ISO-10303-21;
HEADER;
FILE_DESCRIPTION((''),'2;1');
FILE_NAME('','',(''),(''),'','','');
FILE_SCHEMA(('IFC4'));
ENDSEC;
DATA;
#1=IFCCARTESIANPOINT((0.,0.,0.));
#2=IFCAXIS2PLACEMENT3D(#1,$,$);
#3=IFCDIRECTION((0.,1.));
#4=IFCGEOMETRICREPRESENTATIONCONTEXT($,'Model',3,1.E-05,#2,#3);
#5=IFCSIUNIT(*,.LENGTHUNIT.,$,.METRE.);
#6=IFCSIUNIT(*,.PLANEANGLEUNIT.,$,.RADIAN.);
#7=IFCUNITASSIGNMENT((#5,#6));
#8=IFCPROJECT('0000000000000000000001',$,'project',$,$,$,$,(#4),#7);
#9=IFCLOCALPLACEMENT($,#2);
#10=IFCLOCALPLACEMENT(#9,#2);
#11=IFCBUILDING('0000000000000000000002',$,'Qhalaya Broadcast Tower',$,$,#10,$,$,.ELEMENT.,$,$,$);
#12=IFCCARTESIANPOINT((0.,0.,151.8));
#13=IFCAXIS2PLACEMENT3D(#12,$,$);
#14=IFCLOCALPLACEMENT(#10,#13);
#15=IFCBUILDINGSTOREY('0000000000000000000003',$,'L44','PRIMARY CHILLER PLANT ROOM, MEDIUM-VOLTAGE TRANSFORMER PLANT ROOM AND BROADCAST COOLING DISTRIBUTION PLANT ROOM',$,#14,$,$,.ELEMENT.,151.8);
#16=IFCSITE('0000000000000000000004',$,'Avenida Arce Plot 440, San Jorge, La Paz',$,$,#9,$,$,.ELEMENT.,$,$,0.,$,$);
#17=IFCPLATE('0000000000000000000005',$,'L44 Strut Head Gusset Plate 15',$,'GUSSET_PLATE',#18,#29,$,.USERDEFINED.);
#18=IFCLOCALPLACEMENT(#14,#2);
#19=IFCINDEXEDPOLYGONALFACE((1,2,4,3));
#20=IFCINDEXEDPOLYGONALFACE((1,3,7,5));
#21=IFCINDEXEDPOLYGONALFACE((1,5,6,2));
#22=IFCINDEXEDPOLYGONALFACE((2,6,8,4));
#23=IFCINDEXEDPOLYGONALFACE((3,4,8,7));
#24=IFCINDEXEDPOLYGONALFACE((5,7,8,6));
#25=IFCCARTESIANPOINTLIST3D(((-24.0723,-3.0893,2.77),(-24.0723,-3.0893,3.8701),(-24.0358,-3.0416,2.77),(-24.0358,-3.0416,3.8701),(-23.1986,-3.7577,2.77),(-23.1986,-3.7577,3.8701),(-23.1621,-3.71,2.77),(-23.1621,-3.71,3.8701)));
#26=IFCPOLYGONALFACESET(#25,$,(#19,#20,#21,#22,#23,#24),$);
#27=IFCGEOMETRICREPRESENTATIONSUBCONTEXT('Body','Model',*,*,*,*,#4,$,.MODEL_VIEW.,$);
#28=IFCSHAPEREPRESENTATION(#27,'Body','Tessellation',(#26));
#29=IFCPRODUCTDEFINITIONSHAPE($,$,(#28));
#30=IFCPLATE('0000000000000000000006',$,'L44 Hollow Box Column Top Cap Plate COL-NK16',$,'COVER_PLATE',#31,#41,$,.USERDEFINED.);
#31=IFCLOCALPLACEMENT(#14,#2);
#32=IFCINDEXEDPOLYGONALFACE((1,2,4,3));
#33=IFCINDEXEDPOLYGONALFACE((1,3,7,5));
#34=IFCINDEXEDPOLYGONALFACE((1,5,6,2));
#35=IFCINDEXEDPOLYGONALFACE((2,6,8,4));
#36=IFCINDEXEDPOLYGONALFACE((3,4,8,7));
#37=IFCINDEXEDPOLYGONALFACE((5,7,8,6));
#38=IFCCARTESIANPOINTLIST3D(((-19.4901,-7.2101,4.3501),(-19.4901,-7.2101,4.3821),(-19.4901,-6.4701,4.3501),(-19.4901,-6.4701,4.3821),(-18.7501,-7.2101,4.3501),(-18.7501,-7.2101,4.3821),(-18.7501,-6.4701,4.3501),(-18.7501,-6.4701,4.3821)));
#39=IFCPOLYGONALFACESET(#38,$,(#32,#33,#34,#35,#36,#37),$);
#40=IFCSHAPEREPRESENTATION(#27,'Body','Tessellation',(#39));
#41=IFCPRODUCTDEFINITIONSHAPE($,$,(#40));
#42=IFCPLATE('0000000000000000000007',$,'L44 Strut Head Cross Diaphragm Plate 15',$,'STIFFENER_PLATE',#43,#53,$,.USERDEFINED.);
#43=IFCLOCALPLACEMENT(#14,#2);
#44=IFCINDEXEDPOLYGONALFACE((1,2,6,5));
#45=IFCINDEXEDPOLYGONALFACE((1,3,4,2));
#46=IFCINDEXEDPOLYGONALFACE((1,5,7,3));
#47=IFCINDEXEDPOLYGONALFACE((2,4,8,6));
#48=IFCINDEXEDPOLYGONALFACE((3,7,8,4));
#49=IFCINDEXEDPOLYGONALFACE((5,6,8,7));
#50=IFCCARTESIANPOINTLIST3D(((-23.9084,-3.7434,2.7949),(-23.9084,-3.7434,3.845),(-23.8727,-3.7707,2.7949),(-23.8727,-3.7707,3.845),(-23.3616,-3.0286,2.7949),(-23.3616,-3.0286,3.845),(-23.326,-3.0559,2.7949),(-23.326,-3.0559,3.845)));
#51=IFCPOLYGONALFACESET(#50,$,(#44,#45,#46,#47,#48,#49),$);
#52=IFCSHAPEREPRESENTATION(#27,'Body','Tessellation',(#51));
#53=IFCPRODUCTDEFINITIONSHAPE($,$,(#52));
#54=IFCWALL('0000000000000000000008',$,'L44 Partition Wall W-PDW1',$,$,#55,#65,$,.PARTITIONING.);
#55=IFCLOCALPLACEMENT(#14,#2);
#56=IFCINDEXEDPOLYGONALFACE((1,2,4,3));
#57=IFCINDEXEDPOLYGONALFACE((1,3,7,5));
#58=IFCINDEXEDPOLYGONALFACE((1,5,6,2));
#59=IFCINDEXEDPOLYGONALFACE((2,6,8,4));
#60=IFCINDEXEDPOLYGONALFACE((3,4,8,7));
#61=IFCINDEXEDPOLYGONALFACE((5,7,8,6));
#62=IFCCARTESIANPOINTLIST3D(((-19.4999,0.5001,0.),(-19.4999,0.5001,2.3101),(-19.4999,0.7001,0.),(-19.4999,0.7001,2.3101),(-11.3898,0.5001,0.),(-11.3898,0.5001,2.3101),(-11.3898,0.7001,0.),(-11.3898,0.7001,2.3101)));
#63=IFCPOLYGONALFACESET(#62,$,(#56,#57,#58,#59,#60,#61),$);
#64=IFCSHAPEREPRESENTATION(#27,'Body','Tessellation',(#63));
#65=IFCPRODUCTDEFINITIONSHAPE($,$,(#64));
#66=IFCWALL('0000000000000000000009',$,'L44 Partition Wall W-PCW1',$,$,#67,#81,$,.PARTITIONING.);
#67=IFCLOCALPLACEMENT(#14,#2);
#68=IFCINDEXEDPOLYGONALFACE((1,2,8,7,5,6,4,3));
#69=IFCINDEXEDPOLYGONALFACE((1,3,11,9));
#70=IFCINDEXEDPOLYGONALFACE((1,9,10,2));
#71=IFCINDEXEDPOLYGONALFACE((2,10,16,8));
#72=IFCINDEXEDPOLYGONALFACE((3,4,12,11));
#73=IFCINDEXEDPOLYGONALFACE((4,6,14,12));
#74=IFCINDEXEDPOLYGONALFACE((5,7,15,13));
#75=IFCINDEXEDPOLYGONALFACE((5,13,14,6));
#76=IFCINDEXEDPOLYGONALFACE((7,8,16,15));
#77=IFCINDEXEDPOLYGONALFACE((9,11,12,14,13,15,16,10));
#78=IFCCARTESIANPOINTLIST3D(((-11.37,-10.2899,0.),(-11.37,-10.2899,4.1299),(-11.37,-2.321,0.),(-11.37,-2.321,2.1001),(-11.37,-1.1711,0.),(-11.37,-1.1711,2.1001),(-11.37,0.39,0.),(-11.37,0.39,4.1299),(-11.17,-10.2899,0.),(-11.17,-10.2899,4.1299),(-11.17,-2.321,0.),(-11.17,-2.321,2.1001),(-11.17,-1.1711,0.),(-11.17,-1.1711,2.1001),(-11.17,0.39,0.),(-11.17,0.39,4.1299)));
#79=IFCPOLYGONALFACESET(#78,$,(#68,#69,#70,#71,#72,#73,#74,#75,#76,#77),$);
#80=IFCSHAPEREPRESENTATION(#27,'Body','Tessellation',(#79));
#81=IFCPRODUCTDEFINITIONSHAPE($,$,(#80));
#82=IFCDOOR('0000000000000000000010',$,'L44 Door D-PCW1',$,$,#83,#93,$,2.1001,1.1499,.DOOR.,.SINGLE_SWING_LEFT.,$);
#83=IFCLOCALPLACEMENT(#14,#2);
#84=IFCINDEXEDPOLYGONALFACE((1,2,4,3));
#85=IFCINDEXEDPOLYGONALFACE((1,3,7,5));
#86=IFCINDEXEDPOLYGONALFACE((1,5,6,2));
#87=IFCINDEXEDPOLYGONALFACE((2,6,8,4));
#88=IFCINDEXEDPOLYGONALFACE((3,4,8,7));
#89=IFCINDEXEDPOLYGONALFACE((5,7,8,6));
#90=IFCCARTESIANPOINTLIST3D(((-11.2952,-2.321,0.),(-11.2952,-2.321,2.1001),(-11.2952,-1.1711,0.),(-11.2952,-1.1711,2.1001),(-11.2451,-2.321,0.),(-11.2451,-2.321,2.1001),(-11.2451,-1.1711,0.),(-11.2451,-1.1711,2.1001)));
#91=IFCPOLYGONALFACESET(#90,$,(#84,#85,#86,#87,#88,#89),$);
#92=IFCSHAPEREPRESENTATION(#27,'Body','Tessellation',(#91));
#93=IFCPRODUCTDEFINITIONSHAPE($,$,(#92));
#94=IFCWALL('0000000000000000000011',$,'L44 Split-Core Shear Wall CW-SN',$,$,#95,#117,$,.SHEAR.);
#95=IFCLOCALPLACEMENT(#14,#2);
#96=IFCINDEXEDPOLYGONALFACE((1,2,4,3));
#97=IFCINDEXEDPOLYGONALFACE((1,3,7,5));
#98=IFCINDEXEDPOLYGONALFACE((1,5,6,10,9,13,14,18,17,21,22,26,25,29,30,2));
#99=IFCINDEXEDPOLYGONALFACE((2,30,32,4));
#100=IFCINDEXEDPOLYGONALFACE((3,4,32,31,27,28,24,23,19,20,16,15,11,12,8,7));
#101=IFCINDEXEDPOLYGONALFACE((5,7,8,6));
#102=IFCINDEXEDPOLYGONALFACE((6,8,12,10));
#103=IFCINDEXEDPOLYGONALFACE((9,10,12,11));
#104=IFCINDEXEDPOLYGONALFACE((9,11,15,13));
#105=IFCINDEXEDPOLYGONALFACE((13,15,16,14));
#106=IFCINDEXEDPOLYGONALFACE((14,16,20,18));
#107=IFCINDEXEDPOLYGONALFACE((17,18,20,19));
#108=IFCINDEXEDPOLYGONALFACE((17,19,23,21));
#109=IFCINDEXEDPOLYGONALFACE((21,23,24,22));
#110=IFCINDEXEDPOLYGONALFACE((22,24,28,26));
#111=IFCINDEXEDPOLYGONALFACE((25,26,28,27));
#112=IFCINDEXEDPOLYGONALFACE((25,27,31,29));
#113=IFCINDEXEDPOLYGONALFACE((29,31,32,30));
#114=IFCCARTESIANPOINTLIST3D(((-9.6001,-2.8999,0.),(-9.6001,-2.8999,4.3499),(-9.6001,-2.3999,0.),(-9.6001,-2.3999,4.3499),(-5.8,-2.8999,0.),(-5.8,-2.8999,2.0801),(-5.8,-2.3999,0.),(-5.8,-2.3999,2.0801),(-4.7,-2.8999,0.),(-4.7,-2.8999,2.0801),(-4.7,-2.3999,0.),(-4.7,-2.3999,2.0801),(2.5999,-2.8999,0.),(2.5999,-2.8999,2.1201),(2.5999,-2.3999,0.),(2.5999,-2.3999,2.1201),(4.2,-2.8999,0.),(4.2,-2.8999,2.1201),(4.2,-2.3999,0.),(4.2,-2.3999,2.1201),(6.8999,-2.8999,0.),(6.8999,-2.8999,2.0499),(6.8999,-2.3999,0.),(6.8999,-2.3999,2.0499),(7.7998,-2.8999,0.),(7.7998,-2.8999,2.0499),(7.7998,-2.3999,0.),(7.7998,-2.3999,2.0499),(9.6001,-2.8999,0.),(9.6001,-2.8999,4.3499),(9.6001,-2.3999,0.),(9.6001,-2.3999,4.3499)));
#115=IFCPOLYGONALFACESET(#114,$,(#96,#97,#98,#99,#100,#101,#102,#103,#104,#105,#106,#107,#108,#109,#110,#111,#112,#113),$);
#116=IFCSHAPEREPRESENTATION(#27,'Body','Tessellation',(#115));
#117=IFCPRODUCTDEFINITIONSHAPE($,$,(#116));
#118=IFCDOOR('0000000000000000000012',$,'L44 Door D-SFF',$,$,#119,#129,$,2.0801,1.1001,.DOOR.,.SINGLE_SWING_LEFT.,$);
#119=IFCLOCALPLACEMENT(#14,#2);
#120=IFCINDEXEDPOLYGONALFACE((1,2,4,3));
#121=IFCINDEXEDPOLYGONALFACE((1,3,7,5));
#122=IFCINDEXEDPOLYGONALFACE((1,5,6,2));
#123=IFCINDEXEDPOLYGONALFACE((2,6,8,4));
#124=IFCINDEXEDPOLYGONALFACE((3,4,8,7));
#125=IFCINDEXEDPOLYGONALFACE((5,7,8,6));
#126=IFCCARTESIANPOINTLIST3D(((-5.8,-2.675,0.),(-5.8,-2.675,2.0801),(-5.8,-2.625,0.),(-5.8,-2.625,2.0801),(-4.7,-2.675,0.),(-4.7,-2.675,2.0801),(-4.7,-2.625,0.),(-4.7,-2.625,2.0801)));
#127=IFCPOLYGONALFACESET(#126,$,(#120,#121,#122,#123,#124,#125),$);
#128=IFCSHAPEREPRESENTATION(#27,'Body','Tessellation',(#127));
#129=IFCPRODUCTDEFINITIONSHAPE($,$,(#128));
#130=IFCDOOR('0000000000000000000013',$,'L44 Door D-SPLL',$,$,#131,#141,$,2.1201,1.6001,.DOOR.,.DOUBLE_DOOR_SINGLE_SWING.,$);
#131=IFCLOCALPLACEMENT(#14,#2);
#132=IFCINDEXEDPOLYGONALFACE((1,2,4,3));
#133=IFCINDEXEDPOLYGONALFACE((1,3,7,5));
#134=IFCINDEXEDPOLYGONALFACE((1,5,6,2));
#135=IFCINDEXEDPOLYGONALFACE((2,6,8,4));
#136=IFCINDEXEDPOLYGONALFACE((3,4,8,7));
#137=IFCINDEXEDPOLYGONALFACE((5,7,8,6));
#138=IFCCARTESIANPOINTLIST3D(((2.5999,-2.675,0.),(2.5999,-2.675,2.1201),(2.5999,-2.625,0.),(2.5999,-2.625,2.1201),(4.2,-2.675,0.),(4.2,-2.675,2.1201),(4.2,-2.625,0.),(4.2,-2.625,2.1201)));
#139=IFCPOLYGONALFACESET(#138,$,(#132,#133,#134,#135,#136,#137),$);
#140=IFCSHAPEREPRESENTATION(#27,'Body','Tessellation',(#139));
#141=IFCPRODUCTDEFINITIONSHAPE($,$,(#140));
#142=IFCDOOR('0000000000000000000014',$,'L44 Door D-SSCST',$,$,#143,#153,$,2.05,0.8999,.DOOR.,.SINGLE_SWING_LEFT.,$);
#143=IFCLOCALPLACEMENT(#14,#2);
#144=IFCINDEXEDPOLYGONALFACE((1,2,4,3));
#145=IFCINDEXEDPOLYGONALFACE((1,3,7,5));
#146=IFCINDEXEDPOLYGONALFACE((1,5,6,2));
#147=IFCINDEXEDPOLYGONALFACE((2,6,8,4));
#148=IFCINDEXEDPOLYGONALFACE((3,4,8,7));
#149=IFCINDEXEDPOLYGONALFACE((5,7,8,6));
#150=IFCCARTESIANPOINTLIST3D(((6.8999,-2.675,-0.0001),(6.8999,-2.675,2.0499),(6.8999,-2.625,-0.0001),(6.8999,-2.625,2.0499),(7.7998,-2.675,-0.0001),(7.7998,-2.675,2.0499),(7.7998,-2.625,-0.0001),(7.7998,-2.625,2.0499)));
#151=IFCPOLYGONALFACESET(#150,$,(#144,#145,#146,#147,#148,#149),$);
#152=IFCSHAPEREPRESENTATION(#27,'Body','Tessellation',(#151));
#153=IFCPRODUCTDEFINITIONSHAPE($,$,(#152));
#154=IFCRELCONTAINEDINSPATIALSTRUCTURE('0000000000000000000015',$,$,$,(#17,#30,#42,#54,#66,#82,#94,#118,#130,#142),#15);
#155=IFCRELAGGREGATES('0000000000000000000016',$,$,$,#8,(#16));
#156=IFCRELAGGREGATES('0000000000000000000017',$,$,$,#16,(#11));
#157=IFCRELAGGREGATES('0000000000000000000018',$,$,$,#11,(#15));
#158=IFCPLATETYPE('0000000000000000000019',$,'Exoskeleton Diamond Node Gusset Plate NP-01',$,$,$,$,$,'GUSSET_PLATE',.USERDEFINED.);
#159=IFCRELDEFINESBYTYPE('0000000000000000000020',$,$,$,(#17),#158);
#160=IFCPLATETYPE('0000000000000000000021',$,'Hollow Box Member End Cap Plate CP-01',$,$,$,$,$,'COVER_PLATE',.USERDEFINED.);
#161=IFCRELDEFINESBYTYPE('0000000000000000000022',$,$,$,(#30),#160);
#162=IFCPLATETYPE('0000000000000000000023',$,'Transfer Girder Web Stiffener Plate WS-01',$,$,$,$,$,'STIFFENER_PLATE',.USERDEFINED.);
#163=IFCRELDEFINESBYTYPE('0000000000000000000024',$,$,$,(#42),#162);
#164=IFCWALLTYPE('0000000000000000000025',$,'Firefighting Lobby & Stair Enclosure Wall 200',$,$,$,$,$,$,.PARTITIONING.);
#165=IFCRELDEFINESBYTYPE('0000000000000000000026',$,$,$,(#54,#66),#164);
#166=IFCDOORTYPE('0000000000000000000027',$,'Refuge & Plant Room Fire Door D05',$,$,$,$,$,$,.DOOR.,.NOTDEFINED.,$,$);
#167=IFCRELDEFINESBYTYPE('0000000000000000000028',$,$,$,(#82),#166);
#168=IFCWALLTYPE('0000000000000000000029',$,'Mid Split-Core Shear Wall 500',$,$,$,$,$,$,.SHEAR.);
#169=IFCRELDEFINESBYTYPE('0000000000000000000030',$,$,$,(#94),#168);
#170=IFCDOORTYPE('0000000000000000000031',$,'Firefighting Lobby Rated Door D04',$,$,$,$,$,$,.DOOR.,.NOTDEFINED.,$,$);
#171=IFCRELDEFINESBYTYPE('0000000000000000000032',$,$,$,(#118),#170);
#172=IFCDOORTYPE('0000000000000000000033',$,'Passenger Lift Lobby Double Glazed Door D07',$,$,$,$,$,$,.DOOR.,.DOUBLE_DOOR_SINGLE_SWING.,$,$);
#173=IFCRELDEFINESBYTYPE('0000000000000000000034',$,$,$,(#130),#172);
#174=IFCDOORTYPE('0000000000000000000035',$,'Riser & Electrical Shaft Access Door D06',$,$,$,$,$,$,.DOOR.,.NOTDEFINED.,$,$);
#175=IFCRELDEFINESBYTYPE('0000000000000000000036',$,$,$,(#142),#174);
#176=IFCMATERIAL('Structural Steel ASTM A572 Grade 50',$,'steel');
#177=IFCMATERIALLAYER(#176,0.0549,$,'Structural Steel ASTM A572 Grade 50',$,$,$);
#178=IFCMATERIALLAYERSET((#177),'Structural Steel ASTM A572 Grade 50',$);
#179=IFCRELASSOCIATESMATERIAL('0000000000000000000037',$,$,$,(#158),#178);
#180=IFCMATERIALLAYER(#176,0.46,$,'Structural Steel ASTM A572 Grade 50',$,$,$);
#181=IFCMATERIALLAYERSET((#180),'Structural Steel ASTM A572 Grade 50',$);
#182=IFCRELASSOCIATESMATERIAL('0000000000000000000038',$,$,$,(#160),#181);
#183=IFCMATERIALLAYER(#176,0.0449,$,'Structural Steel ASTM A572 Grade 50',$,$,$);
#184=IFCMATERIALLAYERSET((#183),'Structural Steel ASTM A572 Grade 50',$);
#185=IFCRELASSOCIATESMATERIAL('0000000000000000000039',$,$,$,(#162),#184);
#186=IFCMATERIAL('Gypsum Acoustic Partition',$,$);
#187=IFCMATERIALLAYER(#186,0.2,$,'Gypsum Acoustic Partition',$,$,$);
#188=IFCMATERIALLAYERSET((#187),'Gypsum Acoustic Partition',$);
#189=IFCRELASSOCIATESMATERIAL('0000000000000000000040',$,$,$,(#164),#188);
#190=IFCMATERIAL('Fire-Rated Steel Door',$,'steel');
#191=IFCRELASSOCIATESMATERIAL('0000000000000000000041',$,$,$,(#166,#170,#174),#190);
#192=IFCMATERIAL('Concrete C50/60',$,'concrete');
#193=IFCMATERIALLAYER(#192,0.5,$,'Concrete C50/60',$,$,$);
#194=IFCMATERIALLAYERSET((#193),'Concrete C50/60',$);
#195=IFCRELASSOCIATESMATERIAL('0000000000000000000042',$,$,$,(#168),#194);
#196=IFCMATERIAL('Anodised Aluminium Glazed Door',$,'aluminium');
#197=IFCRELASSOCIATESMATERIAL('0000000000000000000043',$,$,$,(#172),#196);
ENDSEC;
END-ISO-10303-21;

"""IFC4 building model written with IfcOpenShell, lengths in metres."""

from ifc_helpers import new_model, si_unit, direction, frame, frame_2d, origin, origin_2d, place, context, subcontext, project, spatial, rectangle, extrude, material, layer, layer_set, type_object, element, fill, save


model = new_model("IFC4")

# Units and contexts
model_context = context("Model", 3, precision=1e-05, world=origin(), true_north=direction((0.0, 1.0)))
body_context = subcontext(model_context, "Body", "Model", "MODEL_VIEW")
ifc_project = project(units=[si_unit("LENGTHUNIT", "METRE"), si_unit("PLANEANGLEUNIT", "RADIAN")], contexts=[model_context])

# Site, building, storey
site_placement = place(None, origin())
site = spatial("IfcSite", under=ifc_project, at=site_placement, Name="Avenida Arce Plot 440, San Jorge, La Paz", CompositionType="ELEMENT", RefElevation=0.0)
building_placement = place(site_placement, origin())
building = spatial("IfcBuilding", under=site, at=building_placement, Name="Qhalaya Broadcast Tower", CompositionType="ELEMENT")
storey_placement = place(building_placement, frame((0.0, 0.0, 151.8)))
storey = spatial("IfcBuildingStorey", under=building, at=storey_placement, Name="L44", Description="PRIMARY CHILLER PLANT ROOM, MEDIUM-VOLTAGE TRANSFORMER PLANT ROOM AND BROADCAST COOLING DISTRIBUTION PLANT ROOM", CompositionType="ELEMENT", Elevation=151.8)

# Shared definitions
ifc_material_1 = material(Name="Structural Steel ASTM A572 Grade 50", Category="steel")

# Plates
ifc_layer_1 = layer(ifc_material_1, 0.0549, Name="Structural Steel ASTM A572 Grade 50")
ifc_layer_set_1 = layer_set([ifc_layer_1], Name="Structural Steel ASTM A572 Grade 50")
plate_type_1 = type_object("IfcPlateType", Name="Exoskeleton Diamond Node Gusset Plate NP-01", ElementType="GUSSET_PLATE", PredefinedType="USERDEFINED", material=ifc_layer_set_1)
for number, where, z_axis, x_axis, name in (
    (1, (-23.6172, -3.3997, 2.77), (0.0, 0.0, 1.0), (-0.794245, 0.607598, 0.0), "L44 Strut Head Gusset Plate 15"),
):
    element("IfcPlate", number, at=place(storey_placement, frame(where, z_axis=z_axis, x_axis=x_axis)), inside=storey, type_object=plate_type_1, Name=name, ObjectType="GUSSET_PLATE", PredefinedType="USERDEFINED", context=body_context, shape_type="SweptSolid", body=[
        extrude(rectangle(XDim=1.1001, YDim=0.0601, at=origin_2d()), origin(), (0.0, 0.0, 1.0), 1.1001),
    ])
ifc_layer_2 = layer(ifc_material_1, 0.46, Name="Structural Steel ASTM A572 Grade 50")
ifc_layer_set_2 = layer_set([ifc_layer_2], Name="Structural Steel ASTM A572 Grade 50")
plate_type_2 = type_object("IfcPlateType", Name="Hollow Box Member End Cap Plate CP-01", ElementType="COVER_PLATE", PredefinedType="USERDEFINED", material=ifc_layer_set_2)
plate_1_placement = place(storey_placement, frame((-19.1201, -6.8401, 4.3501), z_axis=(0.0, 0.0, 1.0), x_axis=(0.0, 1.0, 0.0)))
element("IfcPlate", 2, at=plate_1_placement, inside=storey, type_object=plate_type_2, Name="L44 Hollow Box Column Top Cap Plate COL-NK16", ObjectType="COVER_PLATE", PredefinedType="USERDEFINED", context=body_context, shape_type="SweptSolid", body=[
    extrude(rectangle(XDim=0.74, YDim=0.74, at=origin_2d()), origin(), (0.0, 0.0, 1.0), 0.032),
])
ifc_layer_3 = layer(ifc_material_1, 0.0449, Name="Structural Steel ASTM A572 Grade 50")
ifc_layer_set_3 = layer_set([ifc_layer_3], Name="Structural Steel ASTM A572 Grade 50")
plate_type_3 = type_object("IfcPlateType", Name="Transfer Girder Web Stiffener Plate WS-01", ElementType="STIFFENER_PLATE", PredefinedType="USERDEFINED", material=ifc_layer_set_3)
plate_2_placement = place(storey_placement, frame((-23.6172, -3.3997, 2.7949), z_axis=(0.0, 0.0, 1.0), x_axis=(-0.607598, -0.794245, 0.0)))
element("IfcPlate", 3, at=plate_2_placement, inside=storey, type_object=plate_type_3, Name="L44 Strut Head Cross Diaphragm Plate 15", ObjectType="STIFFENER_PLATE", PredefinedType="USERDEFINED", context=body_context, shape_type="SweptSolid", body=[
    extrude(rectangle(XDim=0.8999, YDim=0.0449, at=origin_2d()), origin(), (0.0, 0.0, 1.0), 1.05),
])

# Wall
ifc_material_2 = material(Name="Gypsum Acoustic Partition")
ifc_layer_4 = layer(ifc_material_2, 0.2, Name="Gypsum Acoustic Partition")
ifc_layer_set_4 = layer_set([ifc_layer_4], Name="Gypsum Acoustic Partition")
wall_type_1 = type_object("IfcWallType", Name="Firefighting Lobby & Stair Enclosure Wall 200", PredefinedType="PARTITIONING", material=ifc_layer_set_4)
wall_1_placement = place(storey_placement, frame((-19.5, 0.6001, 0.0), z_axis=(0.0, 0.0, 1.0), x_axis=(1.0, 0.0, 0.0)))
element("IfcWall", 4, at=wall_1_placement, inside=storey, type_object=wall_type_1, Name="L44 Partition Wall W-PDW1", PredefinedType="PARTITIONING", context=body_context, shape_type="SweptSolid", body=[
    extrude(rectangle(XDim=8.1101, YDim=0.2, at=frame_2d((4.0552, 0.0))), origin(), (0.0, 0.0, 1.0), 2.3101),
])

# Wall, opening, door
wall_2_placement = place(storey_placement, frame((-11.27, 0.3899, 0.0), z_axis=(0.0, 0.0, 1.0), x_axis=(0.0, -1.0, 0.0)))
wall_2 = element("IfcWall", 5, at=wall_2_placement, inside=storey, type_object=wall_type_1, Name="L44 Partition Wall W-PCW1", PredefinedType="PARTITIONING", context=body_context, shape_type="SweptSolid", body=[
    extrude(rectangle(XDim=10.6799, YDim=0.2, at=frame_2d((5.3398, 0.0))), origin(), (0.0, 0.0, 1.0), 4.1299),
])
opening_1_placement = place(wall_2_placement, frame((1.561, 0.0, 0.0)))
opening_1 = element("IfcOpeningElement", 6, at=opening_1_placement, cuts=wall_2, PredefinedType="OPENING", context=body_context, shape_type="SweptSolid", body=[
    extrude(rectangle(XDim=1.1499, YDim=2.1001, at=frame_2d((0.575, 1.05))), frame((0.0, 0.1121, 0.0), z_axis=(0.0, -1.0, 0.0), x_axis=(1.0, 0.0, 0.0)), (0.0, 0.0, 1.0), 0.2239),
])
ifc_material_3 = material(Name="Fire-Rated Steel Door", Category="steel")
door_type_1 = type_object("IfcDoorType", Name="Refuge & Plant Room Fire Door D05", OperationType="NOTDEFINED", PredefinedType="DOOR", material=ifc_material_3)
door_1_placement = place(opening_1_placement, origin())
door_1 = element("IfcDoor", 7, at=door_1_placement, inside=storey, type_object=door_type_1, Name="L44 Door D-PCW1", OperationType="SINGLE_SWING_LEFT", OverallHeight=2.1001, OverallWidth=1.1499, PredefinedType="DOOR", context=body_context, shape_type="SweptSolid", body=[
    extrude(rectangle(XDim=1.1499, YDim=2.1001, at=frame_2d((0.575, 1.05))), frame((0.0, 0.0249, 0.0), z_axis=(0.0, -1.0, 0.0), x_axis=(1.0, 0.0, 0.0)), (0.0, 0.0, 1.0), 0.05),
])
fill(opening_1, door_1)

# Wall, openings, doors
ifc_material_4 = material(Name="Concrete C50/60", Category="concrete")
ifc_layer_5 = layer(ifc_material_4, 0.5, Name="Concrete C50/60")
ifc_layer_set_5 = layer_set([ifc_layer_5], Name="Concrete C50/60")
wall_type_2 = type_object("IfcWallType", Name="Mid Split-Core Shear Wall 500", PredefinedType="SHEAR", material=ifc_layer_set_5)
wall_3_placement = place(storey_placement, frame((-9.6001, -2.6499, 0.0), z_axis=(0.0, 0.0, 1.0), x_axis=(1.0, 0.0, 0.0)))
wall_3 = element("IfcWall", 8, at=wall_3_placement, inside=storey, type_object=wall_type_2, Name="L44 Split-Core Shear Wall CW-SN", PredefinedType="SHEAR", context=body_context, shape_type="SweptSolid", body=[
    extrude(rectangle(XDim=19.2002, YDim=0.5, at=frame_2d((9.6001, 0.0))), origin(), (0.0, 0.0, 1.0), 4.3499),
])
opening_2_placement = place(wall_3_placement, frame((3.8, 0.0, 0.0)))
opening_2 = element("IfcOpeningElement", 9, at=opening_2_placement, cuts=wall_3, PredefinedType="OPENING", context=body_context, shape_type="SweptSolid", body=[
    extrude(rectangle(XDim=1.1001, YDim=2.0801, at=frame_2d((0.55, 1.04))), frame((0.0, 0.262, 0.0), z_axis=(0.0, -1.0, 0.0), x_axis=(1.0, 0.0, 0.0)), (0.0, 0.0, 1.0), 0.5239),
])
opening_3_placement = place(wall_3_placement, frame((12.2, 0.0, 0.0)))
opening_3 = element("IfcOpeningElement", 10, at=opening_3_placement, cuts=wall_3, PredefinedType="OPENING", context=body_context, shape_type="SweptSolid", body=[
    extrude(rectangle(XDim=1.6001, YDim=2.1201, at=frame_2d((0.8, 1.0601))), frame((0.0, 0.262, 0.0), z_axis=(0.0, -1.0, 0.0), x_axis=(1.0, 0.0, 0.0)), (0.0, 0.0, 1.0), 0.5239),
])
opening_4_placement = place(wall_3_placement, frame((16.5, 0.0, 0.0)))
opening_4 = element("IfcOpeningElement", 11, at=opening_4_placement, cuts=wall_3, PredefinedType="OPENING", context=body_context, shape_type="SweptSolid", body=[
    extrude(rectangle(XDim=0.8999, YDim=2.05, at=frame_2d((0.45, 1.0249))), frame((0.0, 0.262, 0.0), z_axis=(0.0, -1.0, 0.0), x_axis=(1.0, 0.0, 0.0)), (0.0, 0.0, 1.0), 0.5239),
])
door_type_2 = type_object("IfcDoorType", Name="Firefighting Lobby Rated Door D04", OperationType="NOTDEFINED", PredefinedType="DOOR", material=ifc_material_3)
door_2_placement = place(opening_2_placement, origin())
door_2 = element("IfcDoor", 12, at=door_2_placement, inside=storey, type_object=door_type_2, Name="L44 Door D-SFF", OperationType="SINGLE_SWING_LEFT", OverallHeight=2.0801, OverallWidth=1.1001, PredefinedType="DOOR", context=body_context, shape_type="SweptSolid", body=[
    extrude(rectangle(XDim=1.1001, YDim=2.0801, at=frame_2d((0.55, 1.04))), frame((0.0, 0.0249, 0.0), z_axis=(0.0, -1.0, 0.0), x_axis=(1.0, 0.0, 0.0)), (0.0, 0.0, 1.0), 0.05),
])
fill(opening_2, door_2)
ifc_material_5 = material(Name="Anodised Aluminium Glazed Door", Category="aluminium")
door_type_3 = type_object("IfcDoorType", Name="Passenger Lift Lobby Double Glazed Door D07", OperationType="DOUBLE_DOOR_SINGLE_SWING", PredefinedType="DOOR", material=ifc_material_5)
door_3_placement = place(opening_3_placement, origin())
door_3 = element("IfcDoor", 13, at=door_3_placement, inside=storey, type_object=door_type_3, Name="L44 Door D-SPLL", OperationType="DOUBLE_DOOR_SINGLE_SWING", OverallHeight=2.1201, OverallWidth=1.6001, PredefinedType="DOOR", context=body_context, shape_type="SweptSolid", body=[
    extrude(rectangle(XDim=1.6001, YDim=2.1201, at=frame_2d((0.8, 1.0601))), frame((0.0, 0.0249, 0.0), z_axis=(0.0, -1.0, 0.0), x_axis=(1.0, 0.0, 0.0)), (0.0, 0.0, 1.0), 0.05),
])
fill(opening_3, door_3)
door_type_4 = type_object("IfcDoorType", Name="Riser & Electrical Shaft Access Door D06", OperationType="NOTDEFINED", PredefinedType="DOOR", material=ifc_material_3)
door_4_placement = place(opening_4_placement, origin())
door_4 = element("IfcDoor", 14, at=door_4_placement, inside=storey, type_object=door_type_4, Name="L44 Door D-SSCST", OperationType="SINGLE_SWING_LEFT", OverallHeight=2.05, OverallWidth=0.8999, PredefinedType="DOOR", context=body_context, shape_type="SweptSolid", body=[
    extrude(rectangle(XDim=0.8999, YDim=2.05, at=frame_2d((0.45, 1.0249))), frame((0.0, 0.0249, 0.0), z_axis=(0.0, -1.0, 0.0), x_axis=(1.0, 0.0, 0.0)), (0.0, 0.0, 1.0), 0.05),
])
fill(opening_4, door_4)

save(model, "model.ifc")
